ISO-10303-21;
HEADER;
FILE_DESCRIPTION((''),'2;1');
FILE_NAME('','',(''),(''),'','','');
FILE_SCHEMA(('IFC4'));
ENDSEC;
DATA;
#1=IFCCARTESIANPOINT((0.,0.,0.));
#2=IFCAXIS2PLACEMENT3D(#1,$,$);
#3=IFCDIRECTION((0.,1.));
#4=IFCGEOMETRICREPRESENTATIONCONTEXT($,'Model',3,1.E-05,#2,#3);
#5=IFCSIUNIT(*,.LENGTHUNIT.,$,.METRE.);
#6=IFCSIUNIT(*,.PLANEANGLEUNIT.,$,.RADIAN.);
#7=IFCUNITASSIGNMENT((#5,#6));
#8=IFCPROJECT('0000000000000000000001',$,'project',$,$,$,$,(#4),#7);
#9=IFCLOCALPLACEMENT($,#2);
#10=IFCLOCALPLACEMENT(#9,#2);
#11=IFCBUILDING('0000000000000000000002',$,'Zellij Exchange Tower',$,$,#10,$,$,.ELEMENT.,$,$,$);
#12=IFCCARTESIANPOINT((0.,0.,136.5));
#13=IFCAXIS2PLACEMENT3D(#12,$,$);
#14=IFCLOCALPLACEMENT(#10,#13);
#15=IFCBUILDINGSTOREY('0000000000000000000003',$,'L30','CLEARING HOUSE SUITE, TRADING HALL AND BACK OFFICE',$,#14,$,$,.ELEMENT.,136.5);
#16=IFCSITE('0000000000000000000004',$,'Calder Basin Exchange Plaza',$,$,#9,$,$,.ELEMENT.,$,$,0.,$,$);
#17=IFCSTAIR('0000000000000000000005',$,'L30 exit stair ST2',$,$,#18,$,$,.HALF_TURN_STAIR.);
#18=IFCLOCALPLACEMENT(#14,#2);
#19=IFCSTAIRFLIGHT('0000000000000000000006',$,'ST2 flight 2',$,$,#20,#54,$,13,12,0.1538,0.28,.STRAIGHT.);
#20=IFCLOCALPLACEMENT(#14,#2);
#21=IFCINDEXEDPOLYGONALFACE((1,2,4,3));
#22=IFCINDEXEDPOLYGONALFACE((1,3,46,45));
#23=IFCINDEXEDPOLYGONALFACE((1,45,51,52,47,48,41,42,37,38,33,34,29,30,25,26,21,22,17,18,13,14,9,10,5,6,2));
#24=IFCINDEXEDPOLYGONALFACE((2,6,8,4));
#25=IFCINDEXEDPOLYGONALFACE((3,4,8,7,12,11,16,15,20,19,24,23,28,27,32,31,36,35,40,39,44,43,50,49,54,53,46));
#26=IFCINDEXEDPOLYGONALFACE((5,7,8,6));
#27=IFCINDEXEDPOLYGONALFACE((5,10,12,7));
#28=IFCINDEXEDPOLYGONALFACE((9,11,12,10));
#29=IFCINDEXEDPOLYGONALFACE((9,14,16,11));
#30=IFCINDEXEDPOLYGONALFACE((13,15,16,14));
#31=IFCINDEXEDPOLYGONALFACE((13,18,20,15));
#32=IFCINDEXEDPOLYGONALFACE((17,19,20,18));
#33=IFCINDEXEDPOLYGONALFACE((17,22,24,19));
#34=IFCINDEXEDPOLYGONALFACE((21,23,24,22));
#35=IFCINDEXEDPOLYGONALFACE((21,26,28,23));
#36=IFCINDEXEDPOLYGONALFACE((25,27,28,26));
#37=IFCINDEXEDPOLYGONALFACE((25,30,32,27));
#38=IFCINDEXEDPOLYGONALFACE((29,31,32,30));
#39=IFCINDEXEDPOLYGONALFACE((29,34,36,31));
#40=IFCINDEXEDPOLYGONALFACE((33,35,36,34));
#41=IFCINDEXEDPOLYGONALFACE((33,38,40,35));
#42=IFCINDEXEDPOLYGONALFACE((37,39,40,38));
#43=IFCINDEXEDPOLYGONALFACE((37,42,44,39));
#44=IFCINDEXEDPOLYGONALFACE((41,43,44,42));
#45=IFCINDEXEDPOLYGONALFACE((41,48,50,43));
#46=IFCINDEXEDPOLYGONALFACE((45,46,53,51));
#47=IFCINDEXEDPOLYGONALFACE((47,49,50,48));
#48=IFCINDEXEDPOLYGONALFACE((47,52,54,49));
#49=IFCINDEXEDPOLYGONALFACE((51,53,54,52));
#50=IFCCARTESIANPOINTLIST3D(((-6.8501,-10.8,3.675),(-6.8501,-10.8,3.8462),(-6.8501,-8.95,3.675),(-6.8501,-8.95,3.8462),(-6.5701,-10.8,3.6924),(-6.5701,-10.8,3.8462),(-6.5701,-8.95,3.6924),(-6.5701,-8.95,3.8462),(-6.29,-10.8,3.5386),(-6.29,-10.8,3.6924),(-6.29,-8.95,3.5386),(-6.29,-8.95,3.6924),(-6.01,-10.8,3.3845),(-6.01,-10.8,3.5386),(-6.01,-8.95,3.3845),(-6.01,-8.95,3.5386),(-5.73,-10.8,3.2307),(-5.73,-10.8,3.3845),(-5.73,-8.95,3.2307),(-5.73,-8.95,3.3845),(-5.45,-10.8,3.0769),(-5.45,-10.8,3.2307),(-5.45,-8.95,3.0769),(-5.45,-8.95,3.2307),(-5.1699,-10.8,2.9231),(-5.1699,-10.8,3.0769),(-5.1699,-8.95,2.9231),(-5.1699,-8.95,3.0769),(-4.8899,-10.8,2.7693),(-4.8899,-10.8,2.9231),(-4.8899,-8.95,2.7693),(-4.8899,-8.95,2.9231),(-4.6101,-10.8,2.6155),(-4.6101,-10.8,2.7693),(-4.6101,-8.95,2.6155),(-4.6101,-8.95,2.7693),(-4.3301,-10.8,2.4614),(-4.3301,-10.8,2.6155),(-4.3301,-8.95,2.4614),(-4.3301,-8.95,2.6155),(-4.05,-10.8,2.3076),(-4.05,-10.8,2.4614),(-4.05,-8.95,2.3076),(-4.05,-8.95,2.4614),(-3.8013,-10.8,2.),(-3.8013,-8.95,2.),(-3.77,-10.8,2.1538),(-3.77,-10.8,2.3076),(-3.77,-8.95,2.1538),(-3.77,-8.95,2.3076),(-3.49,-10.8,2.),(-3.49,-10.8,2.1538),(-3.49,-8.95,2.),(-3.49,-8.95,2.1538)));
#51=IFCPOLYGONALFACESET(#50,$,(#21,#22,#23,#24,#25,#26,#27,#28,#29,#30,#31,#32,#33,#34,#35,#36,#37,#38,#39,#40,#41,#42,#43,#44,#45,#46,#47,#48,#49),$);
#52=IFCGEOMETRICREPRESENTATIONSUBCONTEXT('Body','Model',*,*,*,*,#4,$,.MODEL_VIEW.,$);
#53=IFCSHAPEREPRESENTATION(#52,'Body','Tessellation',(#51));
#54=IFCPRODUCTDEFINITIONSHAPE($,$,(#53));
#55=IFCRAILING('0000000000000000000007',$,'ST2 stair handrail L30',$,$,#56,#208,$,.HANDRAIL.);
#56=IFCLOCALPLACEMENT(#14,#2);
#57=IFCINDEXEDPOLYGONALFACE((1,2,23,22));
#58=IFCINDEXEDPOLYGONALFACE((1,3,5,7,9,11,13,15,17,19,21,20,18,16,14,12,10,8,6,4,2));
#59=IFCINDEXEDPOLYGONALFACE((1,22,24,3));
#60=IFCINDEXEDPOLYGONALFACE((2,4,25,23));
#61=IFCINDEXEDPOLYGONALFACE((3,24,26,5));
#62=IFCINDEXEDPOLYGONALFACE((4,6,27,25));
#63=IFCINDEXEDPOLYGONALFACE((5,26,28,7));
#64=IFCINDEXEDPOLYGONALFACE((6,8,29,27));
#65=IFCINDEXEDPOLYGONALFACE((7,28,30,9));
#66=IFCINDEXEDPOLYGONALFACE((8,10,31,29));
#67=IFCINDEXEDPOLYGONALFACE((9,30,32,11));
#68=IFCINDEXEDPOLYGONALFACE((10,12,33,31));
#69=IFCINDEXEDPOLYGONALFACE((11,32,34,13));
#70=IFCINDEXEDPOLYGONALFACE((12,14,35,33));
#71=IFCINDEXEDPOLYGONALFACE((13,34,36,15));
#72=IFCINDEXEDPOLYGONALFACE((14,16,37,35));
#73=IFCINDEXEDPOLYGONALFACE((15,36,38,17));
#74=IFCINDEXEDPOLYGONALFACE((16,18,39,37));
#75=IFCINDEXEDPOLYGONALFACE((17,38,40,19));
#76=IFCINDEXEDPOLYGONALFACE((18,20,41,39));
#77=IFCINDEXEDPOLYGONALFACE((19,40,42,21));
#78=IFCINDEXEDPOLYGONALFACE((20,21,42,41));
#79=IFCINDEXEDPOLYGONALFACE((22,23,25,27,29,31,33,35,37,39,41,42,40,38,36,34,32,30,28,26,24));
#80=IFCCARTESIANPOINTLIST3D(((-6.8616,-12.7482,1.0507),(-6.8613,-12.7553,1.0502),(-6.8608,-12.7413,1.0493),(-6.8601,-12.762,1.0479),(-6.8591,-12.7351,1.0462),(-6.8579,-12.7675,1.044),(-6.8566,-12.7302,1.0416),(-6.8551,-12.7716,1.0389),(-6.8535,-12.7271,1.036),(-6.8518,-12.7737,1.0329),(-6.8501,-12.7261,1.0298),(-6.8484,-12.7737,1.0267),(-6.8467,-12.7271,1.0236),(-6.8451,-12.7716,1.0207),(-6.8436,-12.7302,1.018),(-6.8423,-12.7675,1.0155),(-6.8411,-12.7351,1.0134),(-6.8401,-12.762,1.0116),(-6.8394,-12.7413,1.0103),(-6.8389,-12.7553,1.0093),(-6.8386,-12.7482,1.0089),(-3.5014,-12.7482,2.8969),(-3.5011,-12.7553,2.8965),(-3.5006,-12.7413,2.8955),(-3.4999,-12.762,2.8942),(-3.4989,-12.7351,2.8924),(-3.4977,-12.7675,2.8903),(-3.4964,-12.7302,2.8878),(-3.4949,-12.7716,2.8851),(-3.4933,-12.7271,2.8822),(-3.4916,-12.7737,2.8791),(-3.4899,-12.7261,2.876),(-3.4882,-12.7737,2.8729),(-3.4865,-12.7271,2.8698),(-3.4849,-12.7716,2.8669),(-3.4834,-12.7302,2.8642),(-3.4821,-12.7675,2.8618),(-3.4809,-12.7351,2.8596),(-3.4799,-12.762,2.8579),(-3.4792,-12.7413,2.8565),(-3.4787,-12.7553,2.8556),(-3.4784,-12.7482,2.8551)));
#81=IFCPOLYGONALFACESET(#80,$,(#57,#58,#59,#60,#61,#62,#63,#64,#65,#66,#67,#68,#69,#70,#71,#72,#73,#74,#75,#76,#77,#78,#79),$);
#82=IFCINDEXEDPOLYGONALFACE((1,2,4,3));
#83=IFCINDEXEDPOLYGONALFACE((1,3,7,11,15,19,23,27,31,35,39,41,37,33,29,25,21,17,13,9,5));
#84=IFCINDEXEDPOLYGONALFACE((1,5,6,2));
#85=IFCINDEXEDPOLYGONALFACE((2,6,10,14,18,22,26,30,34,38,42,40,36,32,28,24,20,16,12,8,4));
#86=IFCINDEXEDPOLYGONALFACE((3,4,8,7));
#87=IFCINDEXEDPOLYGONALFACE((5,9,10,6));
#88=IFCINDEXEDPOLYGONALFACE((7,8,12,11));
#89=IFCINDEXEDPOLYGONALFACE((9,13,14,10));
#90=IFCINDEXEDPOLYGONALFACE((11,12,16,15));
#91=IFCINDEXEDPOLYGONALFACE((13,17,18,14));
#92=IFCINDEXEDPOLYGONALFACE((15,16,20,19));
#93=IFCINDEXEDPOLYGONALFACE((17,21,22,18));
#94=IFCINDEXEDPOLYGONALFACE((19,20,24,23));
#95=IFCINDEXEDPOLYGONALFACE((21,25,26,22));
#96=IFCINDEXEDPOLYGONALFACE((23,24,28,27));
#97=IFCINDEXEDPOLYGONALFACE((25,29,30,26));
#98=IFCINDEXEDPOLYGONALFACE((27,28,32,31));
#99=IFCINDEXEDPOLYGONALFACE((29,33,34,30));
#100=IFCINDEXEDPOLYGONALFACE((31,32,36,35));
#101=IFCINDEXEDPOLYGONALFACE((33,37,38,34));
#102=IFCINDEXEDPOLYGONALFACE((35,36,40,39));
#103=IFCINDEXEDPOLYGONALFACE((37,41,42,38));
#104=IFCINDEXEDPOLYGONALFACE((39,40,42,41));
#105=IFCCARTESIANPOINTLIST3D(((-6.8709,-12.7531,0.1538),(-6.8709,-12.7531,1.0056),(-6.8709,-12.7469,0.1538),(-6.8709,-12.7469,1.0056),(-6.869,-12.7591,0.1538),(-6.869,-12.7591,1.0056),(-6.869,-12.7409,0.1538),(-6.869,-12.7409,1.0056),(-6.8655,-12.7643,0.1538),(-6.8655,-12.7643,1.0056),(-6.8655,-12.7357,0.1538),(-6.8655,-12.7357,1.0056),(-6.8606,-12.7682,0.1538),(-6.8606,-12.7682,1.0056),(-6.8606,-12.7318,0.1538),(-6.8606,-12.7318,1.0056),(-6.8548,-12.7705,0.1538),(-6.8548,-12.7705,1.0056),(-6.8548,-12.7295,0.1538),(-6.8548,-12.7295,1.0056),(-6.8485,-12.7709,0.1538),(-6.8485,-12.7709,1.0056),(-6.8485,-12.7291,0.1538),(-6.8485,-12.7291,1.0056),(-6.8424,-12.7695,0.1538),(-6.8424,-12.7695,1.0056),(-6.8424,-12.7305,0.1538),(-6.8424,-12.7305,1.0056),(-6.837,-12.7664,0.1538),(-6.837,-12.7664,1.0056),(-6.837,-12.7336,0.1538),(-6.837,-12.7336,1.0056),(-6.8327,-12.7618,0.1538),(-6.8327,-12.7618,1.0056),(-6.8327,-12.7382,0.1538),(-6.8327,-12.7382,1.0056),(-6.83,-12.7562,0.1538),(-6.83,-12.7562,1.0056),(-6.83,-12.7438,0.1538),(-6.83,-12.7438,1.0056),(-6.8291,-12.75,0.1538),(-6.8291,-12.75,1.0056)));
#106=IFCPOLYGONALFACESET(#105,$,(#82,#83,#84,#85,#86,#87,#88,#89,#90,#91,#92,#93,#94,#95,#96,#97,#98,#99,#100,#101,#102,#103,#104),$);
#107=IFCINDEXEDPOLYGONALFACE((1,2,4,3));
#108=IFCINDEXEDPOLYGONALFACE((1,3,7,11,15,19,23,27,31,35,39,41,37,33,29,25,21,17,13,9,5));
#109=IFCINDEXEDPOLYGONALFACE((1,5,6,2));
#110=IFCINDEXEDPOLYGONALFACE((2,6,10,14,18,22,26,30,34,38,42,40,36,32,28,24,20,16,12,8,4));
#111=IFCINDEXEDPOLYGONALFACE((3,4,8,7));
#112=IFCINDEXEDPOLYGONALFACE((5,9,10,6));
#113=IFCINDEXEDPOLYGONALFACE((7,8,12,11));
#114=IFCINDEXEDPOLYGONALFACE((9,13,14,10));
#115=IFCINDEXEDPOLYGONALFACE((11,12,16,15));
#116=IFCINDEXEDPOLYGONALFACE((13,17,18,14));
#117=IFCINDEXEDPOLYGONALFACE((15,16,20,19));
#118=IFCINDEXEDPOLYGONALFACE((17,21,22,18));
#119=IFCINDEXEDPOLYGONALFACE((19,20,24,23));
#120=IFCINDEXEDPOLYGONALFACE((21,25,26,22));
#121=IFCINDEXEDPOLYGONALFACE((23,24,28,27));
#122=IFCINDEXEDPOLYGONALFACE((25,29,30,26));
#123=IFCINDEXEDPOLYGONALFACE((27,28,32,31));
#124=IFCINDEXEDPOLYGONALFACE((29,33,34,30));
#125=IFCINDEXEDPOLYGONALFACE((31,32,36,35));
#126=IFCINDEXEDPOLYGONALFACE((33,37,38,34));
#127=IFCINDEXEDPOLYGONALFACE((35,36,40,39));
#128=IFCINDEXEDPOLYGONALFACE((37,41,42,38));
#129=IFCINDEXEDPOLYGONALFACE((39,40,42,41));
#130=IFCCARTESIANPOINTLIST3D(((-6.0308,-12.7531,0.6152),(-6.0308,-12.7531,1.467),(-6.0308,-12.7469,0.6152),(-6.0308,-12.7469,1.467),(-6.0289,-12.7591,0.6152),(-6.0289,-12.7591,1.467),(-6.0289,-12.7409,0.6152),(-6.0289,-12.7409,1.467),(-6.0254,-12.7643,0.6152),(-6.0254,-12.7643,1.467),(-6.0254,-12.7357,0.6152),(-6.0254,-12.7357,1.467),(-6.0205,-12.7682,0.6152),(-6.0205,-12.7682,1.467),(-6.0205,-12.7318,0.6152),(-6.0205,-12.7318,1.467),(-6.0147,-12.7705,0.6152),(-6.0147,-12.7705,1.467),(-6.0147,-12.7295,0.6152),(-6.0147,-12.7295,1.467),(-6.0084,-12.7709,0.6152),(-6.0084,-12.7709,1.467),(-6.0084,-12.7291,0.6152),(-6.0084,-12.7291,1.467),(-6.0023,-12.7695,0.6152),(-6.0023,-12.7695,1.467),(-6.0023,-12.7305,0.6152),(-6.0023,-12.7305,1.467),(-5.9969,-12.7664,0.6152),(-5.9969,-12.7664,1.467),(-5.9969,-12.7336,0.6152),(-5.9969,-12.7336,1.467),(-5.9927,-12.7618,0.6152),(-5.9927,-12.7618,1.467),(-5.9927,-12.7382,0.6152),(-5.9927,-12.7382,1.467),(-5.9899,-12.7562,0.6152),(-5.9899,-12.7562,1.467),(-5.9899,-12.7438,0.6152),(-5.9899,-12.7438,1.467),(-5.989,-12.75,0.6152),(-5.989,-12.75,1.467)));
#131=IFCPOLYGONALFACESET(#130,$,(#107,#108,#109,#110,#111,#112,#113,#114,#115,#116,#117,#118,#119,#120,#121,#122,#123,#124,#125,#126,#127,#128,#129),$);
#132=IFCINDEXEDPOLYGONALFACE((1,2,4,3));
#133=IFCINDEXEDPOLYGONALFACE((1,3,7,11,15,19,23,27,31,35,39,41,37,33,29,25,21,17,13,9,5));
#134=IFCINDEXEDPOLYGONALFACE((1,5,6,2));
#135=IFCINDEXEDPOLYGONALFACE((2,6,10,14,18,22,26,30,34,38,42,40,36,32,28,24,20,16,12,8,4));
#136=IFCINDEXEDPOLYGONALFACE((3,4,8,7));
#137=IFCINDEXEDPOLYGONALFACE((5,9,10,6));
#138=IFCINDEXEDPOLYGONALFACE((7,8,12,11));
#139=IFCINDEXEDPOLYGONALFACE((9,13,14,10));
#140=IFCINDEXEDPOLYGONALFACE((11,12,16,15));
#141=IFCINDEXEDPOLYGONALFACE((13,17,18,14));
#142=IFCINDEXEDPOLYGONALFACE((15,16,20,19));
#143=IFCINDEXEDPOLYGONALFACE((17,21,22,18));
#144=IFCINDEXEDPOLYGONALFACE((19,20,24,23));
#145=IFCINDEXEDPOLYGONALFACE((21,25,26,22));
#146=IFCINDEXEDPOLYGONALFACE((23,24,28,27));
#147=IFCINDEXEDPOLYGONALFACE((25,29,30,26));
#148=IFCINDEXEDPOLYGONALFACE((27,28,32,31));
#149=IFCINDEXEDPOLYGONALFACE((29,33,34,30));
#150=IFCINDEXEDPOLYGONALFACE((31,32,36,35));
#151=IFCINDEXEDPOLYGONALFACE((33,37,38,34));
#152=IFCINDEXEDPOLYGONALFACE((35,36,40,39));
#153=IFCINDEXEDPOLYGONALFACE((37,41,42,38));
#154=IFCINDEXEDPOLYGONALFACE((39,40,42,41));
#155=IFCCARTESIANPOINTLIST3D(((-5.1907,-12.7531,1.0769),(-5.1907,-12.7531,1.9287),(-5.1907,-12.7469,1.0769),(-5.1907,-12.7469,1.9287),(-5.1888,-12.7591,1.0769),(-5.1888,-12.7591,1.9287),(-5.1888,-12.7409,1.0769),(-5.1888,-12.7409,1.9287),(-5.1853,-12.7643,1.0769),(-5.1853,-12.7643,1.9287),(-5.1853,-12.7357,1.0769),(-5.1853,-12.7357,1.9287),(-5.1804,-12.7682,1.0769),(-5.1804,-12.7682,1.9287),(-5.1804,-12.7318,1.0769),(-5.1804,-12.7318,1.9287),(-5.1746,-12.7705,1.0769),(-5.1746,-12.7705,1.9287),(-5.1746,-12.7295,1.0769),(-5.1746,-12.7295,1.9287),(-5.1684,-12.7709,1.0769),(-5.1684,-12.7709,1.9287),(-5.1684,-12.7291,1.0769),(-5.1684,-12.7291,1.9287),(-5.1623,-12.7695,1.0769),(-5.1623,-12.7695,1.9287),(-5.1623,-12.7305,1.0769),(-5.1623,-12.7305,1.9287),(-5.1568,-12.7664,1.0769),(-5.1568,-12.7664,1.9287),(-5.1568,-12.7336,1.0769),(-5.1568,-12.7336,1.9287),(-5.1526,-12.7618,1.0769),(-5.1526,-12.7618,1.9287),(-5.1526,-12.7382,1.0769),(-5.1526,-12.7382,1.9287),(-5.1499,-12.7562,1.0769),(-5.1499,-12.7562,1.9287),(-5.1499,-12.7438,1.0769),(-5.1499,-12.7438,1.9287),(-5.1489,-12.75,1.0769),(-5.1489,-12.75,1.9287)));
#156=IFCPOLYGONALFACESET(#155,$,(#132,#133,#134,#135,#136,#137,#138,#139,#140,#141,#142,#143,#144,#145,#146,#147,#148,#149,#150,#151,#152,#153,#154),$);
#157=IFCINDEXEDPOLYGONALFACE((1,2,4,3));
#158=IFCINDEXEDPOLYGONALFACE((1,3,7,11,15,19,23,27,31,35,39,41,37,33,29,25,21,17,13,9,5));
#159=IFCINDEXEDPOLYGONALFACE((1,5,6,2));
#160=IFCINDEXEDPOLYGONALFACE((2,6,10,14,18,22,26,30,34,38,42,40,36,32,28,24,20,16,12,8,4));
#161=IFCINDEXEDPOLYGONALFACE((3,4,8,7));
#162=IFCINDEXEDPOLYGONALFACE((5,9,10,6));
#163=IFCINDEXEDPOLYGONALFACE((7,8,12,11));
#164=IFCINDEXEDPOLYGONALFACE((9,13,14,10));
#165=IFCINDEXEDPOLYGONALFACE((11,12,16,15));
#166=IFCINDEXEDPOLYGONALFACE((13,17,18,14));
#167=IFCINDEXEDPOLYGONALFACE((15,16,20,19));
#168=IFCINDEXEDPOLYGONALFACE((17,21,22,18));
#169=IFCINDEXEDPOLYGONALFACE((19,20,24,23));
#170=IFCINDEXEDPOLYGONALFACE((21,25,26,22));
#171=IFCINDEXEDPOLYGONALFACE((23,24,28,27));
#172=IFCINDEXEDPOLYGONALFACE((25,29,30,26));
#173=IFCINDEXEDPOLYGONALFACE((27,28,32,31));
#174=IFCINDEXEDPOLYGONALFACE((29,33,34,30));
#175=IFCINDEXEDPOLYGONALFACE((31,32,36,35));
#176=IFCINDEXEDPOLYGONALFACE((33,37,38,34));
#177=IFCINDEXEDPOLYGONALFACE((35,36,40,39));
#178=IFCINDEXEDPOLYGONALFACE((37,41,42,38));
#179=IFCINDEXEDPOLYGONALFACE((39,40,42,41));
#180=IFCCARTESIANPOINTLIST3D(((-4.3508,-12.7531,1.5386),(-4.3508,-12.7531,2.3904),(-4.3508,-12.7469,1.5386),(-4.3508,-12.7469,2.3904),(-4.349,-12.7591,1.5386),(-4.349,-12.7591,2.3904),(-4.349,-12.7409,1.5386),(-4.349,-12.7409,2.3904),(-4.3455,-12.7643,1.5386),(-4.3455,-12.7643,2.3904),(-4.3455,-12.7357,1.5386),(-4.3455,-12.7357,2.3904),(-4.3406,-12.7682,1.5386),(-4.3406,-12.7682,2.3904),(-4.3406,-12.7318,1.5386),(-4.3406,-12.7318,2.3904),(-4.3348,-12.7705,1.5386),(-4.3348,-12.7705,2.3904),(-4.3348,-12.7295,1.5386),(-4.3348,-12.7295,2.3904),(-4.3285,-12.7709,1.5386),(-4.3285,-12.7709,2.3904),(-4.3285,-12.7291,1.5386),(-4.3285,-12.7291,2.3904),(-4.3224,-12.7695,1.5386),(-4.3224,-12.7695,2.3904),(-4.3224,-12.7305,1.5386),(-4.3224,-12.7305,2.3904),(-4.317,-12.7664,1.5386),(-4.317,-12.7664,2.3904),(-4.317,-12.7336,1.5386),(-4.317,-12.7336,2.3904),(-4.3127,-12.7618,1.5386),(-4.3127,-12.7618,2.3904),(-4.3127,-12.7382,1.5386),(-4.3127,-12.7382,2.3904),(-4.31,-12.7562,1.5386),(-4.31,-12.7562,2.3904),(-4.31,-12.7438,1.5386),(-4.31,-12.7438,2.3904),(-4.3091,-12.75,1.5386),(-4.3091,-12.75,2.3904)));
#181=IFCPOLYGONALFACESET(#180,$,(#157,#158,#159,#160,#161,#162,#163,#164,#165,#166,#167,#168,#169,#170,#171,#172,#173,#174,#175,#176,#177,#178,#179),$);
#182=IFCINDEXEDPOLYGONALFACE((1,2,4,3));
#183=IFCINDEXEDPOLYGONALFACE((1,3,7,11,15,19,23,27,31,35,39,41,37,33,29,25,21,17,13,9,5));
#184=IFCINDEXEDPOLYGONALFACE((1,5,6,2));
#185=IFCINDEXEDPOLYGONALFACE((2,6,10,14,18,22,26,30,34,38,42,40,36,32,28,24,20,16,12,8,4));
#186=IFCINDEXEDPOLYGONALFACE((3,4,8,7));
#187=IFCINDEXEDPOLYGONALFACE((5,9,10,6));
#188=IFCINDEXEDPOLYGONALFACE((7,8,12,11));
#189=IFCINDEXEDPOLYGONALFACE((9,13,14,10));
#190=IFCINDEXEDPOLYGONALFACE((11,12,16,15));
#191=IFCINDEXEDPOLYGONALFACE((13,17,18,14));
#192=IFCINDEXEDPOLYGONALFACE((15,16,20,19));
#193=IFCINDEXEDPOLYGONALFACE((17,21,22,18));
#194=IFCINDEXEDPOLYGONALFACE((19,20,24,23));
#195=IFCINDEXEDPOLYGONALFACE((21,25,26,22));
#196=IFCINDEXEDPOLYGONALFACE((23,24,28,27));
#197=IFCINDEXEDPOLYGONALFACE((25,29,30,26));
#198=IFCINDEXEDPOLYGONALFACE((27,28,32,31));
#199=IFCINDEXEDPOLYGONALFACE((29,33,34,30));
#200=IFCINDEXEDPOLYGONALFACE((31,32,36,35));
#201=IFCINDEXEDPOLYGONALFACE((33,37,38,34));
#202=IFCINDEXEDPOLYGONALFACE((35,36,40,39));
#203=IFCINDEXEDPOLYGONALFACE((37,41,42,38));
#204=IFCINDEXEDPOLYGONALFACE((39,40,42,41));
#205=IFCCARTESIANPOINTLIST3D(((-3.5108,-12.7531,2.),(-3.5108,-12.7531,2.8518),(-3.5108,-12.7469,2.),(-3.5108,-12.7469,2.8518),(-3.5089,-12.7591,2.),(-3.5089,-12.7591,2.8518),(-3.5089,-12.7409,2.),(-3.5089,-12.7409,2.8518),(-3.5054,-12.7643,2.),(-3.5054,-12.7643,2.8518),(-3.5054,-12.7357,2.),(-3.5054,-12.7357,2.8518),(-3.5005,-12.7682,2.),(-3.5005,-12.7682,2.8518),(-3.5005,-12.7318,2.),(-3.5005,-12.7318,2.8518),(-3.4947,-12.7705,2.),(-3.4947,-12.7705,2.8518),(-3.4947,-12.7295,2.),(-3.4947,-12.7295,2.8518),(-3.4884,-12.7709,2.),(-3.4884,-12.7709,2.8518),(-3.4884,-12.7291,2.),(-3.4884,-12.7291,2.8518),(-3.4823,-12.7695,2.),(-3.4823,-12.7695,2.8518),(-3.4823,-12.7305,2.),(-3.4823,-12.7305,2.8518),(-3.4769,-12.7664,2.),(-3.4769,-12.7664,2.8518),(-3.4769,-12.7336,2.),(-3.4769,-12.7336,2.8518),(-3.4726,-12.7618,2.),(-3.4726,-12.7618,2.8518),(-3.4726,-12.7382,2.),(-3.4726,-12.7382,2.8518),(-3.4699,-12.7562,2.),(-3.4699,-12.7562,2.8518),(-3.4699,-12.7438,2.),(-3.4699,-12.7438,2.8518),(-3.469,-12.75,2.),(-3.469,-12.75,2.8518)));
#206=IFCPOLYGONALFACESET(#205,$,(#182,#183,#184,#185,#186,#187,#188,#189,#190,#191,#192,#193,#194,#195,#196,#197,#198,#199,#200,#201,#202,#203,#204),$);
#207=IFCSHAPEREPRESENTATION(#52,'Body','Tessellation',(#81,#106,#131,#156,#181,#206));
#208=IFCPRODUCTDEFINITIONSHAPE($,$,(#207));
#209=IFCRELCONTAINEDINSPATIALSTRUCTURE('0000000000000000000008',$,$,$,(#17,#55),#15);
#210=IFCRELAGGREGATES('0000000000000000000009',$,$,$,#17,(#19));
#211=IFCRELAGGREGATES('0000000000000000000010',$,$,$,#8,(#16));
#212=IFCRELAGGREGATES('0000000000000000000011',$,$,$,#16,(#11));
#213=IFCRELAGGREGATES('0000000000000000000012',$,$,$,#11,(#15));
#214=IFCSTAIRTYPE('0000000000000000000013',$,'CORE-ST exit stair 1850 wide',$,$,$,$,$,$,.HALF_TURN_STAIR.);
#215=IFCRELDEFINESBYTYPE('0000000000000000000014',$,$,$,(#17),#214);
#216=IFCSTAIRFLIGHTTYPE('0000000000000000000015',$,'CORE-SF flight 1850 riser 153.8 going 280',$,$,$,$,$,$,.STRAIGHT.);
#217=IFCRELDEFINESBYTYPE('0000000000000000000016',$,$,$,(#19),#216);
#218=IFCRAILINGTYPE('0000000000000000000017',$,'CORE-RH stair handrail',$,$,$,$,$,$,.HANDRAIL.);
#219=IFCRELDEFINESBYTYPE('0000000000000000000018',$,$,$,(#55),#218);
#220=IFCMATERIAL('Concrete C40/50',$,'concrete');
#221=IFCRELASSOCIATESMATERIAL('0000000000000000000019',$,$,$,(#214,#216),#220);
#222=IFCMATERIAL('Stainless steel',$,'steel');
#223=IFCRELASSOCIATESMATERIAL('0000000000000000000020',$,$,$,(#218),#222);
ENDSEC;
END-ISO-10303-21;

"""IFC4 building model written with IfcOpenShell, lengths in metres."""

from ifc_helpers import new_model, si_unit, direction, frame, origin, origin_2d, place, context, subcontext, project, spatial, polyline, circle, outline, extrude, material, type_object, element, aggregate, save


model = new_model("IFC4")

# Units and contexts
model_context = context("Model", 3, precision=1e-05, world=origin(), true_north=direction((0.0, 1.0)))
body_context = subcontext(model_context, "Body", "Model", "MODEL_VIEW")
ifc_project = project(units=[si_unit("LENGTHUNIT", "METRE"), si_unit("PLANEANGLEUNIT", "RADIAN")], contexts=[model_context])

# Site, building, storey
site_placement = place(None, origin())
site = spatial("IfcSite", under=ifc_project, at=site_placement, Name="Calder Basin Exchange Plaza", CompositionType="ELEMENT", RefElevation=0.0)
building_placement = place(site_placement, origin())
building = spatial("IfcBuilding", under=site, at=building_placement, Name="Zellij Exchange Tower", CompositionType="ELEMENT")
storey_placement = place(building_placement, frame((0.0, 0.0, 136.5)))
storey = spatial("IfcBuildingStorey", under=building, at=storey_placement, Name="L30", Description="CLEARING HOUSE SUITE, TRADING HALL AND BACK OFFICE", CompositionType="ELEMENT", Elevation=136.5)

# Stair, stair flight
ifc_material_1 = material(Name="Concrete C40/50", Category="concrete")
stair_type = type_object("IfcStairType", Name="CORE-ST exit stair 1850 wide", PredefinedType="HALF_TURN_STAIR", material=ifc_material_1)
stair_placement = place(storey_placement, origin())
stair = element("IfcStair", 1, at=stair_placement, inside=storey, type_object=stair_type, Name="L30 exit stair ST2", PredefinedType="HALF_TURN_STAIR")
stair_flight_type = type_object("IfcStairFlightType", Name="CORE-SF flight 1850 riser 153.8 going 280", PredefinedType="STRAIGHT", material=ifc_material_1)
stair_flight_1_placement = place(storey_placement, frame((-3.49, -9.875, 2.0), z_axis=(0.0, 0.0, 1.0), x_axis=(-1.0, 0.0, 0.0)))
stair_flight_1 = element("IfcStairFlight", 2, at=stair_flight_1_placement, type_object=stair_flight_type, Name="ST2 flight 2", NumberOfRisers=13, NumberOfTreads=12, PredefinedType="STRAIGHT", RiserHeight=0.1538, TreadLength=0.28, context=body_context, shape_type="SweptSolid", body=[
    extrude(outline(polyline([(0.0, 0.0), (0.0, 0.1538), (0.28, 0.1538), (0.28, 0.3076), (0.5601, 0.3076), (0.5601, 0.4614), (0.8401, 0.4614), (0.8401, 0.6155), (1.1201, 0.6155), (1.1201, 0.7693), (1.3999, 0.7693), (1.3999, 0.9231), (1.6799, 0.9231), (1.6799, 1.0769), (1.96, 1.0769), (1.96, 1.2307), (2.24, 1.2307), (2.24, 1.3845), (2.52, 1.3845), (2.52, 1.5386), (2.8, 1.5386), (2.8, 1.6924), (3.0801, 1.6924), (3.0801, 1.8462), (3.3601, 1.8462), (3.3601, 2.0), (3.3601, 1.675), (0.3113, 0.0), (0.0, 0.0)])), frame((0.0, 0.925, 0.0), z_axis=(0.0, -1.0, 0.0), x_axis=(1.0, 0.0, 0.0)), (0.0, 0.0, 1.0), 1.8501),
])
aggregate(stair, [stair_flight_1])

# Railing
ifc_material_2 = material(Name="Stainless steel", Category="steel")
railing_type_1 = type_object("IfcRailingType", Name="CORE-RH stair handrail", PredefinedType="HANDRAIL", material=ifc_material_2)
railing_1_placement = place(storey_placement, frame((-6.8501, -12.75, 0.1538)))
element("IfcRailing", 3, at=railing_1_placement, inside=storey, type_object=railing_type_1, Name="ST2 stair handrail L30", PredefinedType="HANDRAIL", context=body_context, shape_type="SweptSolid", body=[
    extrude(circle(Radius=0.0239, at=origin_2d()), frame((0.0, 0.0, 0.876), z_axis=(0.876422, 0.0, 0.481545), x_axis=(0.0, 1.0, 0.0)), (0.0, 0.0, 1.0), 3.834),
    extrude(circle(Radius=0.021, at=origin_2d()), origin(), (0.0, 0.0, 1.0), 0.8518),
    extrude(circle(Radius=0.021, at=origin_2d()), frame((0.8401, 0.0, 0.4614)), (0.0, 0.0, 1.0), 0.8518),
    extrude(circle(Radius=0.021, at=origin_2d()), frame((1.6802, 0.0, 0.9231)), (0.0, 0.0, 1.0), 0.8518),
    extrude(circle(Radius=0.021, at=origin_2d()), frame((2.52, 0.0, 1.3848)), (0.0, 0.0, 1.0), 0.8518),
    extrude(circle(Radius=0.021, at=origin_2d()), frame((3.3601, 0.0, 1.8462)), (0.0, 0.0, 1.0), 0.8518),
])

save(model, "model.ifc")
